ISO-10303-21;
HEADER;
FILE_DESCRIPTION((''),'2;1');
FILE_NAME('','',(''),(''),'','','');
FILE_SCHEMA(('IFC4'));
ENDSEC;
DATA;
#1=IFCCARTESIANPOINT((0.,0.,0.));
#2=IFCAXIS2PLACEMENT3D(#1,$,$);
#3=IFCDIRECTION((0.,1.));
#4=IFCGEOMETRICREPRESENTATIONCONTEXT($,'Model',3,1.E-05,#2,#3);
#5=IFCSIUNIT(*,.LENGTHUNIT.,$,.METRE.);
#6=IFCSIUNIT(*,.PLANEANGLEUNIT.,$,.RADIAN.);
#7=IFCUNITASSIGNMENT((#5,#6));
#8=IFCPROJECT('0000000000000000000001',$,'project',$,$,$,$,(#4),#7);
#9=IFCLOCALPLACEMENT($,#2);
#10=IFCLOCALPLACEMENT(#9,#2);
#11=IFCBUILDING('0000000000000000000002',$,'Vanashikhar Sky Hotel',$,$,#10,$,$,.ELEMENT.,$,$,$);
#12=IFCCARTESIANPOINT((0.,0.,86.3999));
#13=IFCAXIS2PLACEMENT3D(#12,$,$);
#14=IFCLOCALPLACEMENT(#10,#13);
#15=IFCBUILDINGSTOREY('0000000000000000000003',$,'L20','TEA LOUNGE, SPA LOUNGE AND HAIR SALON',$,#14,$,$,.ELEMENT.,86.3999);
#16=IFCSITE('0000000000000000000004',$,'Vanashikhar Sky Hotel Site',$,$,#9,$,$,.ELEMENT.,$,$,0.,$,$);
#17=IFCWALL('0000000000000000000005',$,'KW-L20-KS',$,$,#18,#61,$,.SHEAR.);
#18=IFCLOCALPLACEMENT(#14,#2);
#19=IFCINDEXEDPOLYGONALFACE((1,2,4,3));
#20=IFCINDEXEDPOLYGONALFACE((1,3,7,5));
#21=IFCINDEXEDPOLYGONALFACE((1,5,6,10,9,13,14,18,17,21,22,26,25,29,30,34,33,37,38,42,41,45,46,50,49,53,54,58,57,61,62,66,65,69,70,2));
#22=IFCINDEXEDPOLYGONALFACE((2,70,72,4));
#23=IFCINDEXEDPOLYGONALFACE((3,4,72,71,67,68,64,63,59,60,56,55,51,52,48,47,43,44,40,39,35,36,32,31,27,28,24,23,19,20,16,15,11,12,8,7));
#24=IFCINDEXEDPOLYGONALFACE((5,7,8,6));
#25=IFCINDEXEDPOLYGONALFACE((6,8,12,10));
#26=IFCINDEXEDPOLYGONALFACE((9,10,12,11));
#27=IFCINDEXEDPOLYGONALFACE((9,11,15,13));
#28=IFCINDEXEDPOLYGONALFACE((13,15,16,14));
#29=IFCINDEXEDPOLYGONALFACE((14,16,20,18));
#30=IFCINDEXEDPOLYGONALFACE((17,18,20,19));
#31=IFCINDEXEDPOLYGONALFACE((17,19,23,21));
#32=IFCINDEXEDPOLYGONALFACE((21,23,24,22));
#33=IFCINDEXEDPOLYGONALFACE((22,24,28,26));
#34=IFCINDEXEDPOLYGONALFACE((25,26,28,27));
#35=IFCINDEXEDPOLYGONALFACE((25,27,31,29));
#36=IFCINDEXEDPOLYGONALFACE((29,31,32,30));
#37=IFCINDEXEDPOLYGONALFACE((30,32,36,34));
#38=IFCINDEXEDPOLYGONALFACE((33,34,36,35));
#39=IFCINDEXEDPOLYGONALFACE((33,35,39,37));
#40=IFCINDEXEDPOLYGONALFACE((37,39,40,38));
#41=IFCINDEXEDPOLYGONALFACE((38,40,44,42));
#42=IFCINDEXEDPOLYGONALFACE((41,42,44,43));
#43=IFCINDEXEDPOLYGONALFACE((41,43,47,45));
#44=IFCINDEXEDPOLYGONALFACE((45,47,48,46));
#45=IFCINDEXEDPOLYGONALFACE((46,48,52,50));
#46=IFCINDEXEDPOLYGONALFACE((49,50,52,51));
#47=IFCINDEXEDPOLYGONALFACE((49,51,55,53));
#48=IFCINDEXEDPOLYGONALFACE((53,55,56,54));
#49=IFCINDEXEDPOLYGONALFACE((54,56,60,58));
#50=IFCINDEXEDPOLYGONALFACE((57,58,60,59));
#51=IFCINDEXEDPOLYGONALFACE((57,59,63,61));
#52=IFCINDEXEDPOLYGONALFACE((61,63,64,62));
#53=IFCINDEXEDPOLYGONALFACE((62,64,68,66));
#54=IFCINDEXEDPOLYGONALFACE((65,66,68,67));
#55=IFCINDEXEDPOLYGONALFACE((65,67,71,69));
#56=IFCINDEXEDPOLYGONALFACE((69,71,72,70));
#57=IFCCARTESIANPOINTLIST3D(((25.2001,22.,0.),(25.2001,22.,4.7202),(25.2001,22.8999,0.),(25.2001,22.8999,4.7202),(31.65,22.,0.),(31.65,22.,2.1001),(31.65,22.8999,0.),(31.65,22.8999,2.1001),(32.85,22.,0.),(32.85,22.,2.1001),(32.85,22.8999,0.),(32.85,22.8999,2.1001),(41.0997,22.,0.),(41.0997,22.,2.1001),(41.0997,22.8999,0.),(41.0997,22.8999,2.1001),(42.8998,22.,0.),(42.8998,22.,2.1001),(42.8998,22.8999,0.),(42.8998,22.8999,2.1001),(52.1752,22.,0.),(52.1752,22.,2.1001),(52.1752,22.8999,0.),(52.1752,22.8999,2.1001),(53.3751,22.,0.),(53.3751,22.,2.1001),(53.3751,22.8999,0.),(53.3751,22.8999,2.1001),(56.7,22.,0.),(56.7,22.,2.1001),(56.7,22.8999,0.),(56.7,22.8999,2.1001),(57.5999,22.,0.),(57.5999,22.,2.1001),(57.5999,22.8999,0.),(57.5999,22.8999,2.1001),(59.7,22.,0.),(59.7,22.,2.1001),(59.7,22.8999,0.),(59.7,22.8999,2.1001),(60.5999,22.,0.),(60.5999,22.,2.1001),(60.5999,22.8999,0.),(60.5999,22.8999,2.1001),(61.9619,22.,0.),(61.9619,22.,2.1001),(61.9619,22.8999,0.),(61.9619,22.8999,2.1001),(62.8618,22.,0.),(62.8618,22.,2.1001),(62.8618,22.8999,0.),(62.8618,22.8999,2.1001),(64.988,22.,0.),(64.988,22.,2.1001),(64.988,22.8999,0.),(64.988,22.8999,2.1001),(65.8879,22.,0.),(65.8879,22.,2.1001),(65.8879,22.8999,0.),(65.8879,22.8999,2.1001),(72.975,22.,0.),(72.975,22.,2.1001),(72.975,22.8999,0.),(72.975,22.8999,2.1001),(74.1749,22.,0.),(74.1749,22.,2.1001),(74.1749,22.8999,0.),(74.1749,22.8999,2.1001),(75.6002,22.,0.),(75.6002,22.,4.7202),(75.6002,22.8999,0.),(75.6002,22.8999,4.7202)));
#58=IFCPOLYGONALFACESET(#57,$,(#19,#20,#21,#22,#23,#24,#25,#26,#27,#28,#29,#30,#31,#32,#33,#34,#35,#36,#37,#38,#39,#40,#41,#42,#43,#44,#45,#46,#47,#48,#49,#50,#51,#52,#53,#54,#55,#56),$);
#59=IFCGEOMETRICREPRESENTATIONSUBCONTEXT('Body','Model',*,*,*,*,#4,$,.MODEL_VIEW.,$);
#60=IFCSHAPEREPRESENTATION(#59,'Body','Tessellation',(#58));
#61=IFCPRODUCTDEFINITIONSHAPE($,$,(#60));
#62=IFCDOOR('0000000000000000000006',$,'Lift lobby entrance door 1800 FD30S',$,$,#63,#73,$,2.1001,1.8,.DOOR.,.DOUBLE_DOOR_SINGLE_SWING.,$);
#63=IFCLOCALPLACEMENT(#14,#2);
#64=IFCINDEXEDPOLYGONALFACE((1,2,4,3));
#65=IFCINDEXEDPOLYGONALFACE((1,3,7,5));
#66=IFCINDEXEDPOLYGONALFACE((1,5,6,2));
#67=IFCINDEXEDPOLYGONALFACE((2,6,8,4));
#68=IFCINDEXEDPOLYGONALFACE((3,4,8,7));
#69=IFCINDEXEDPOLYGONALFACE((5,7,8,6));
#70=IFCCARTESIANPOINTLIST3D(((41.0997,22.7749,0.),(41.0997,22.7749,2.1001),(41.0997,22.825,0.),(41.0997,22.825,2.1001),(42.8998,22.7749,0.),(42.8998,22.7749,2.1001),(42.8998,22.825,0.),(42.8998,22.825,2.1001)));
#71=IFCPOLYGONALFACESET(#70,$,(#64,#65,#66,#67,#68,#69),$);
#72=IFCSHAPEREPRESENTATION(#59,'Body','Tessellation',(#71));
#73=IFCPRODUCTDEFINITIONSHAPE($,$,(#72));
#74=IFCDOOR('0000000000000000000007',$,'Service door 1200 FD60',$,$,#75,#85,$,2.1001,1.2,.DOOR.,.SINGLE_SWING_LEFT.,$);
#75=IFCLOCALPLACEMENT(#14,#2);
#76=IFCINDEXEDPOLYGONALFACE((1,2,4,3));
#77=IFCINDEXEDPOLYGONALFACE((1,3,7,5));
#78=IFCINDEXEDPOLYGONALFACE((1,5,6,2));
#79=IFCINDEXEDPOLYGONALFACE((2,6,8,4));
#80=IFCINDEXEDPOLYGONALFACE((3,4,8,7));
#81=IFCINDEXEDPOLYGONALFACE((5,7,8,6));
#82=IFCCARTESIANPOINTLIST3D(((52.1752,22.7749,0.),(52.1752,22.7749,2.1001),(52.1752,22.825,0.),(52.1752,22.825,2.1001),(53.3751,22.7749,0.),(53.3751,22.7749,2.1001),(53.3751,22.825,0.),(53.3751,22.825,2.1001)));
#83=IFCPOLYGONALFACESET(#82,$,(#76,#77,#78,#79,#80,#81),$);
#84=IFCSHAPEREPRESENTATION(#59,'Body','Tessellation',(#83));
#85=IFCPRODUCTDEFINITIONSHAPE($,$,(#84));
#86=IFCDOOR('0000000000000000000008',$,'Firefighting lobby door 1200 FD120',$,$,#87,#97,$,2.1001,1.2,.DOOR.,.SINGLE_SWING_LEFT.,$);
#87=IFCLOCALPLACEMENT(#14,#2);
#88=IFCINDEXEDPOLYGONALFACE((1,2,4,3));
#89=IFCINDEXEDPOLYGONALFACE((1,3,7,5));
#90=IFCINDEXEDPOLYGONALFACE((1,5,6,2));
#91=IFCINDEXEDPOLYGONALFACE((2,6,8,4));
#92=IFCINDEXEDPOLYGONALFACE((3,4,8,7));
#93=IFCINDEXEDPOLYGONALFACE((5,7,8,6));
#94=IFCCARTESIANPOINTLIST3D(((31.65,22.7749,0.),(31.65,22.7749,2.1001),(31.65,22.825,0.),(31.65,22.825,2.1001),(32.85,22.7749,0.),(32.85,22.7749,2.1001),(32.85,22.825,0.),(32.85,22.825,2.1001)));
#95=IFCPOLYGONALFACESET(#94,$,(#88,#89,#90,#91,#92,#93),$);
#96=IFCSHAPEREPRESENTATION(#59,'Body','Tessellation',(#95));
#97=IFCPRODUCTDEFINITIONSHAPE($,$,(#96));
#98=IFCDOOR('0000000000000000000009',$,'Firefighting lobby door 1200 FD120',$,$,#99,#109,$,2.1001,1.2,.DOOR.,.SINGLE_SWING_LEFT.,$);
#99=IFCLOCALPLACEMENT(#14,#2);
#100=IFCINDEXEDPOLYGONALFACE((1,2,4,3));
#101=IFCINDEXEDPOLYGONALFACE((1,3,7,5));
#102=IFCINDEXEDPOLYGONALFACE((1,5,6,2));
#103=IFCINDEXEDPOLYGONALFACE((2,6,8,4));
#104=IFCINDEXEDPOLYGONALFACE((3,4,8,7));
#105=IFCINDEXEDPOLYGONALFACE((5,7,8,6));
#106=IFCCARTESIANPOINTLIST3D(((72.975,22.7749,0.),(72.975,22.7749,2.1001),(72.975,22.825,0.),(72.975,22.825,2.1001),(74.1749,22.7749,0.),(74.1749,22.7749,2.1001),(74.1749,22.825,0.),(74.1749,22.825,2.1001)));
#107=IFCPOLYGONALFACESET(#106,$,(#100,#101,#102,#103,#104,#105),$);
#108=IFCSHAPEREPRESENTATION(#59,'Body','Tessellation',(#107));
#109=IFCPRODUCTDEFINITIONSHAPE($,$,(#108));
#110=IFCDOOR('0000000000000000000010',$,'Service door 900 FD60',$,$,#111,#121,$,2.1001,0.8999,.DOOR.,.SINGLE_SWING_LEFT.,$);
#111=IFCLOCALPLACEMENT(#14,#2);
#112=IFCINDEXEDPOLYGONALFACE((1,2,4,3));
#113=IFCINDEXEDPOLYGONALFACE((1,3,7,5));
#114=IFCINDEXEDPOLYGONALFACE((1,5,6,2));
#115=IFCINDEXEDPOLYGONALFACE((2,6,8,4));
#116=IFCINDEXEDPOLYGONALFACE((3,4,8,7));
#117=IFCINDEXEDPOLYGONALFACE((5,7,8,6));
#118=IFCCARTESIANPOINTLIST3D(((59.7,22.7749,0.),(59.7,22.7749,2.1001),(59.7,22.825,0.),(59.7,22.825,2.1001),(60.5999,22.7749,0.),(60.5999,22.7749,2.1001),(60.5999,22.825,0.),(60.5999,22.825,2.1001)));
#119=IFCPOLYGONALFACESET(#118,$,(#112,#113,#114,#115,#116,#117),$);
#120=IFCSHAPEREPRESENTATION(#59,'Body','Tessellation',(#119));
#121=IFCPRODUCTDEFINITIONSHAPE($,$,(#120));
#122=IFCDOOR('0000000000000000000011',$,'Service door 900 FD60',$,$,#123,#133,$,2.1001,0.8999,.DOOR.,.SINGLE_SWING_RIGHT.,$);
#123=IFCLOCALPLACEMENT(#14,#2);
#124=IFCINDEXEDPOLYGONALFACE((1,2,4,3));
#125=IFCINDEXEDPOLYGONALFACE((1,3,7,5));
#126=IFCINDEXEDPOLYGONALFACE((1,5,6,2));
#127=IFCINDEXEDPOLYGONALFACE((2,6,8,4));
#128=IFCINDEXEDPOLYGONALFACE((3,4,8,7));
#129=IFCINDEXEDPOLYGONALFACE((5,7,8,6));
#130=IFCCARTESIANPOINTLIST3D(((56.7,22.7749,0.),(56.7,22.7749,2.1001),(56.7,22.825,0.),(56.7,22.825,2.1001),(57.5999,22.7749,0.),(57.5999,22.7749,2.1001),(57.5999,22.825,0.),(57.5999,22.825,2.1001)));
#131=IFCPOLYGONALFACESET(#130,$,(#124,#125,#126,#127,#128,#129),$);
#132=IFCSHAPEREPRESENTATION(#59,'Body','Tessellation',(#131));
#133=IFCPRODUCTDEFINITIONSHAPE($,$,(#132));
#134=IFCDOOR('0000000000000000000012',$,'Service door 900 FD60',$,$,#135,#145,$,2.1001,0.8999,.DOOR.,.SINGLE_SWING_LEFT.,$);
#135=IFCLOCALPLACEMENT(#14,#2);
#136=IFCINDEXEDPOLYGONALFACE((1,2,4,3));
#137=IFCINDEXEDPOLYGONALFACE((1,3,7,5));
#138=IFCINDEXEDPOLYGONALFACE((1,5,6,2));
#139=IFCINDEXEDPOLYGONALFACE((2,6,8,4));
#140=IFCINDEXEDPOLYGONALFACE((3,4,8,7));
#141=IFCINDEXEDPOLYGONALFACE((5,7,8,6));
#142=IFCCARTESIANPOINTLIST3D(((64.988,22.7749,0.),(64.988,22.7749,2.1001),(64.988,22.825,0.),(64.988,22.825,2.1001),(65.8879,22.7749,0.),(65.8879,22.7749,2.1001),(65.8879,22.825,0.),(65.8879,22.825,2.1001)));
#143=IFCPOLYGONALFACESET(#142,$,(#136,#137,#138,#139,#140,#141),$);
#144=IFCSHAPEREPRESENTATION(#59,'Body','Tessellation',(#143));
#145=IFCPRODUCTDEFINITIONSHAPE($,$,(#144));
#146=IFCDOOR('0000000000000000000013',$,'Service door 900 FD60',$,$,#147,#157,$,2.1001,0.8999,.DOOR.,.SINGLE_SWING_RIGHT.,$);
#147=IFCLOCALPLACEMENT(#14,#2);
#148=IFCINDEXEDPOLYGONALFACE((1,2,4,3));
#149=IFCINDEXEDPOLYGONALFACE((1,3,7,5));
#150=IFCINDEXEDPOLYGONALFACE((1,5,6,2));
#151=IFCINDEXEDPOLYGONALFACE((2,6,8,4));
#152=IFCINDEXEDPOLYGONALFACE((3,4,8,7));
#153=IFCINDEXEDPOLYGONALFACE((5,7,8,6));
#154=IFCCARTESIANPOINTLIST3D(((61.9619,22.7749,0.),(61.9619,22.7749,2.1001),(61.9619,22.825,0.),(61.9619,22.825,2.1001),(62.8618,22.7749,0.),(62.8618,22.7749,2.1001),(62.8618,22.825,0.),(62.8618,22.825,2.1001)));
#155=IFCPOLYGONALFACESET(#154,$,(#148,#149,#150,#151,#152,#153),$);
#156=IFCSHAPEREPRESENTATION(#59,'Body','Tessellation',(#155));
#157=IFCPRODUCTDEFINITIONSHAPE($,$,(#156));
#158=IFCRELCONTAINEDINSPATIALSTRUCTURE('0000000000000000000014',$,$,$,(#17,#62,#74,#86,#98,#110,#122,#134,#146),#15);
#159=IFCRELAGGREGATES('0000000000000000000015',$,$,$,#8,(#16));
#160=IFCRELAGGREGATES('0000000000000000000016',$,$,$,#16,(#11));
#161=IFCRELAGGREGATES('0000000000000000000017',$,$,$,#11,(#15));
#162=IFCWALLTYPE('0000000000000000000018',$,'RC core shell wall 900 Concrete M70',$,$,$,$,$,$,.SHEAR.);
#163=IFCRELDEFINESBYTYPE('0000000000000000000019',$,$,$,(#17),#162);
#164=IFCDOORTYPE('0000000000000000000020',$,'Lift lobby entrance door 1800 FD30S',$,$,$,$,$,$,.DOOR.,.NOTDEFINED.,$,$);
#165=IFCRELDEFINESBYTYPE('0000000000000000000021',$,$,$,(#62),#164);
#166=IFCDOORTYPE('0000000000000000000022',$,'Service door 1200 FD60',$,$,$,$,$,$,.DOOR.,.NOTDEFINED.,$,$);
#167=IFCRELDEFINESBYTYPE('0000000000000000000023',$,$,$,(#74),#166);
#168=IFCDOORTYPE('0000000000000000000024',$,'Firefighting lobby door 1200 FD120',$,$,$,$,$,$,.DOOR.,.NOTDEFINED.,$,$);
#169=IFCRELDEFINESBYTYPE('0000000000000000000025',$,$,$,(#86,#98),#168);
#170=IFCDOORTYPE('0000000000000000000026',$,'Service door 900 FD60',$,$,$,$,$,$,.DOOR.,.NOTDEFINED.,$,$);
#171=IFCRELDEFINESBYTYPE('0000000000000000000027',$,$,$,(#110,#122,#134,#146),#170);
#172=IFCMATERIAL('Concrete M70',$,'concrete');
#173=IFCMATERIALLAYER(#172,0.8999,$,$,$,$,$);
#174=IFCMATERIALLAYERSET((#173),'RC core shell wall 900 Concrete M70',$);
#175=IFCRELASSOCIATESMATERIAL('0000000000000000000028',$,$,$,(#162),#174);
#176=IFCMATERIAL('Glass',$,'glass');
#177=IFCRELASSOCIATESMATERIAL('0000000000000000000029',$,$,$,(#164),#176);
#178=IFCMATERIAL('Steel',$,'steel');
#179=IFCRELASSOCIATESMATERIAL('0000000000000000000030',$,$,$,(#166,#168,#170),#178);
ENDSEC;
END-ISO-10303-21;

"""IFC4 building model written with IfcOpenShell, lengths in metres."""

from ifc_helpers import new_model, si_unit, direction, frame, frame_2d, origin, place, context, subcontext, project, spatial, rectangle, extrude, source, transform, mapped, material, layer, layer_set, type_object, element, fill, save


model = new_model("IFC4")

# Units and contexts
model_context = context("Model", 3, precision=1e-05, world=origin(), true_north=direction((0.0, 1.0)))
body_context = subcontext(model_context, "Body", "Model", "MODEL_VIEW")
ifc_project = project(units=[si_unit("LENGTHUNIT", "METRE"), si_unit("PLANEANGLEUNIT", "RADIAN")], contexts=[model_context])

# Site, building, storey
site_placement = place(None, origin())
site = spatial("IfcSite", under=ifc_project, at=site_placement, Name="Vanashikhar Sky Hotel Site", CompositionType="ELEMENT", RefElevation=0.0)
building_placement = place(site_placement, origin())
building = spatial("IfcBuilding", under=site, at=building_placement, Name="Vanashikhar Sky Hotel", CompositionType="ELEMENT")
storey_placement = place(building_placement, frame((0.0, 0.0, 86.3999)))
storey = spatial("IfcBuildingStorey", under=building, at=storey_placement, Name="L20", Description="TEA LOUNGE, SPA LOUNGE AND HAIR SALON", CompositionType="ELEMENT", Elevation=86.3999)

# Wall, openings, doors
ifc_material_1 = material(Name="Concrete M70", Category="concrete")
ifc_layer_1 = layer(ifc_material_1, 0.8999)
ifc_layer_set_1 = layer_set([ifc_layer_1], Name="RC core shell wall 900 Concrete M70")
wall_type_1 = type_object("IfcWallType", Name="RC core shell wall 900 Concrete M70", PredefinedType="SHEAR", material=ifc_layer_set_1)
shared_shape_1 = source(origin(), body_context, "Body", "SweptSolid", [
    extrude(rectangle(XDim=50.4001, YDim=0.8999, at=frame_2d((25.2002, 0.0))), origin(), (0.0, 0.0, 1.0), 4.7202),
])
wall_1_placement = place(storey_placement, frame((25.2, 22.45, 0.0), z_axis=(0.0, 0.0, 1.0), x_axis=(1.0, 0.0, 0.0)))
wall_1 = element("IfcWall", 1, at=wall_1_placement, inside=storey, type_object=wall_type_1, Name="KW-L20-KS", PredefinedType="SHEAR", context=body_context, shape_type="MappedRepresentation", body=[
    mapped(shared_shape_1, transform((0.0, 0.0, 0.0), scale=1.0)),
])
shared_shape_2 = source(origin(), body_context, "Body", "SweptSolid", [
    extrude(rectangle(XDim=1.8, YDim=2.1001, at=frame_2d((0.8999, 1.05))), frame((0.0, 0.46, 0.0), z_axis=(0.0, -1.0, 0.0), x_axis=(1.0, 0.0, 0.0)), (0.0, 0.0, 1.0), 0.9199),
])
opening_1_placement = place(wall_1_placement, frame((15.8999, 0.0, 0.0)))
opening_1 = element("IfcOpeningElement", 2, at=opening_1_placement, cuts=wall_1, PredefinedType="OPENING", context=body_context, shape_type="MappedRepresentation", body=[
    mapped(shared_shape_2, transform((0.0, 0.0, 0.0), scale=1.0)),
])
shared_shape_3 = source(origin(), body_context, "Body", "SweptSolid", [
    extrude(rectangle(XDim=1.2, YDim=2.1001, at=frame_2d((0.6001, 1.05))), frame((0.0, 0.46, 0.0), z_axis=(0.0, -1.0, 0.0), x_axis=(1.0, 0.0, 0.0)), (0.0, 0.0, 1.0), 0.9199),
])
opening_2_placement = place(wall_1_placement, frame((26.9751, 0.0, 0.0)))
opening_2 = element("IfcOpeningElement", 3, at=opening_2_placement, cuts=wall_1, PredefinedType="OPENING", context=body_context, shape_type="MappedRepresentation", body=[
    mapped(shared_shape_3, transform((0.0, 0.0, 0.0), scale=1.0)),
])
shared_shape_4 = source(origin(), body_context, "Body", "SweptSolid", [
    extrude(rectangle(XDim=0.8999, YDim=2.1001, at=frame_2d((0.45, 1.05))), frame((0.0, 0.46, 0.0), z_axis=(0.0, -1.0, 0.0), x_axis=(1.0, 0.0, 0.0)), (0.0, 0.0, 1.0), 0.9199),
])
opening_3_placement = place(wall_1_placement, frame((34.5, 0.0, 0.0)))
opening_3 = element("IfcOpeningElement", 4, at=opening_3_placement, cuts=wall_1, PredefinedType="OPENING", context=body_context, shape_type="MappedRepresentation", body=[
    mapped(shared_shape_4, transform((0.0, 0.0, 0.0), scale=1.0)),
])
opening_4_placement = place(wall_1_placement, frame((31.5, 0.0, 0.0)))
opening_4 = element("IfcOpeningElement", 5, at=opening_4_placement, cuts=wall_1, PredefinedType="OPENING", context=body_context, shape_type="MappedRepresentation", body=[
    mapped(shared_shape_4, transform((0.0, 0.0, 0.0), scale=1.0)),
])
opening_5_placement = place(wall_1_placement, frame((39.7881, 0.0, 0.0)))
opening_5 = element("IfcOpeningElement", 6, at=opening_5_placement, cuts=wall_1, PredefinedType="OPENING", context=body_context, shape_type="MappedRepresentation", body=[
    mapped(shared_shape_4, transform((0.0, 0.0, 0.0), scale=1.0)),
])
opening_6_placement = place(wall_1_placement, frame((36.762, 0.0, 0.0)))
opening_6 = element("IfcOpeningElement", 7, at=opening_6_placement, cuts=wall_1, PredefinedType="OPENING", context=body_context, shape_type="MappedRepresentation", body=[
    mapped(shared_shape_4, transform((0.0, 0.0, 0.0), scale=1.0)),
])
opening_7_placement = place(wall_1_placement, frame((6.45, 0.0, 0.0)))
opening_7 = element("IfcOpeningElement", 8, at=opening_7_placement, cuts=wall_1, PredefinedType="OPENING", context=body_context, shape_type="MappedRepresentation", body=[
    mapped(shared_shape_3, transform((0.0, 0.0, 0.0), scale=1.0)),
])
opening_8_placement = place(wall_1_placement, frame((47.7749, 0.0, 0.0)))
opening_8 = element("IfcOpeningElement", 9, at=opening_8_placement, cuts=wall_1, PredefinedType="OPENING", context=body_context, shape_type="MappedRepresentation", body=[
    mapped(shared_shape_3, transform((0.0, 0.0, 0.0), scale=1.0)),
])
ifc_material_2 = material(Name="Glass", Category="glass")
door_type_1 = type_object("IfcDoorType", Name="Lift lobby entrance door 1800 FD30S", OperationType="NOTDEFINED", PredefinedType="DOOR", material=ifc_material_2)
shared_shape_5 = source(origin(), body_context, "Body", "SweptSolid", [
    extrude(rectangle(XDim=1.8, YDim=2.1001, at=frame_2d((0.8999, 1.05))), frame((0.0, 0.375, 0.0), z_axis=(0.0, -1.0, 0.0), x_axis=(1.0, 0.0, 0.0)), (0.0, 0.0, 1.0), 0.05),
])
door_1_placement = place(opening_1_placement, origin())
door_1 = element("IfcDoor", 10, at=door_1_placement, inside=storey, type_object=door_type_1, Name="Lift lobby entrance door 1800 FD30S", OperationType="DOUBLE_DOOR_SINGLE_SWING", OverallHeight=2.1001, OverallWidth=1.8, PredefinedType="DOOR", context=body_context, shape_type="MappedRepresentation", body=[
    mapped(shared_shape_5, transform((0.0, 0.0, 0.0), scale=1.0)),
])
fill(opening_1, door_1)
ifc_material_3 = material(Name="Steel", Category="steel")
door_type_2 = type_object("IfcDoorType", Name="Service door 1200 FD60", OperationType="NOTDEFINED", PredefinedType="DOOR", material=ifc_material_3)
shared_shape_6 = source(origin(), body_context, "Body", "SweptSolid", [
    extrude(rectangle(XDim=1.2, YDim=2.1001, at=frame_2d((0.6001, 1.05))), frame((0.0, 0.375, 0.0), z_axis=(0.0, -1.0, 0.0), x_axis=(1.0, 0.0, 0.0)), (0.0, 0.0, 1.0), 0.05),
])
door_2_placement = place(opening_2_placement, origin())
door_2 = element("IfcDoor", 11, at=door_2_placement, inside=storey, type_object=door_type_2, Name="Service door 1200 FD60", OperationType="SINGLE_SWING_LEFT", OverallHeight=2.1001, OverallWidth=1.2, PredefinedType="DOOR", context=body_context, shape_type="MappedRepresentation", body=[
    mapped(shared_shape_6, transform((0.0, 0.0, 0.0), scale=1.0)),
])
fill(opening_2, door_2)
door_type_3 = type_object("IfcDoorType", Name="Firefighting lobby door 1200 FD120", OperationType="NOTDEFINED", PredefinedType="DOOR", material=ifc_material_3)
door_3_placement = place(opening_7_placement, origin())
door_3 = element("IfcDoor", 12, at=door_3_placement, inside=storey, type_object=door_type_3, Name="Firefighting lobby door 1200 FD120", OperationType="SINGLE_SWING_LEFT", OverallHeight=2.1001, OverallWidth=1.2, PredefinedType="DOOR", context=body_context, shape_type="MappedRepresentation", body=[
    mapped(shared_shape_6, transform((0.0, 0.0, 0.0), scale=1.0)),
])
fill(opening_7, door_3)
door_4_placement = place(opening_8_placement, origin())
door_4 = element("IfcDoor", 13, at=door_4_placement, inside=storey, type_object=door_type_3, Name="Firefighting lobby door 1200 FD120", OperationType="SINGLE_SWING_LEFT", OverallHeight=2.1001, OverallWidth=1.2, PredefinedType="DOOR", context=body_context, shape_type="MappedRepresentation", body=[
    mapped(shared_shape_6, transform((0.0, 0.0, 0.0), scale=1.0)),
])
fill(opening_8, door_4)
door_type_4 = type_object("IfcDoorType", Name="Service door 900 FD60", OperationType="NOTDEFINED", PredefinedType="DOOR", material=ifc_material_3)
shared_shape_7 = source(origin(), body_context, "Body", "SweptSolid", [
    extrude(rectangle(XDim=0.8999, YDim=2.1001, at=frame_2d((0.45, 1.05))), frame((0.0, 0.375, 0.0), z_axis=(0.0, -1.0, 0.0), x_axis=(1.0, 0.0, 0.0)), (0.0, 0.0, 1.0), 0.05),
])
door_5_placement = place(opening_3_placement, origin())
door_5 = element("IfcDoor", 14, at=door_5_placement, inside=storey, type_object=door_type_4, Name="Service door 900 FD60", OperationType="SINGLE_SWING_LEFT", OverallHeight=2.1001, OverallWidth=0.8999, PredefinedType="DOOR", context=body_context, shape_type="MappedRepresentation", body=[
    mapped(shared_shape_7, transform((0.0, 0.0, 0.0), scale=1.0)),
])
fill(opening_3, door_5)
door_6_placement = place(opening_4_placement, origin())
door_6 = element("IfcDoor", 15, at=door_6_placement, inside=storey, type_object=door_type_4, Name="Service door 900 FD60", OperationType="SINGLE_SWING_RIGHT", OverallHeight=2.1001, OverallWidth=0.8999, PredefinedType="DOOR", context=body_context, shape_type="MappedRepresentation", body=[
    mapped(shared_shape_7, transform((0.0, 0.0, 0.0), scale=1.0)),
])
fill(opening_4, door_6)
door_7_placement = place(opening_5_placement, origin())
door_7 = element("IfcDoor", 16, at=door_7_placement, inside=storey, type_object=door_type_4, Name="Service door 900 FD60", OperationType="SINGLE_SWING_LEFT", OverallHeight=2.1001, OverallWidth=0.8999, PredefinedType="DOOR", context=body_context, shape_type="MappedRepresentation", body=[
    mapped(shared_shape_7, transform((0.0, 0.0, 0.0), scale=1.0)),
])
fill(opening_5, door_7)
door_8_placement = place(opening_6_placement, origin())
door_8 = element("IfcDoor", 17, at=door_8_placement, inside=storey, type_object=door_type_4, Name="Service door 900 FD60", OperationType="SINGLE_SWING_RIGHT", OverallHeight=2.1001, OverallWidth=0.8999, PredefinedType="DOOR", context=body_context, shape_type="MappedRepresentation", body=[
    mapped(shared_shape_7, transform((0.0, 0.0, 0.0), scale=1.0)),
])
fill(opening_6, door_8)

save(model, "model.ifc")
